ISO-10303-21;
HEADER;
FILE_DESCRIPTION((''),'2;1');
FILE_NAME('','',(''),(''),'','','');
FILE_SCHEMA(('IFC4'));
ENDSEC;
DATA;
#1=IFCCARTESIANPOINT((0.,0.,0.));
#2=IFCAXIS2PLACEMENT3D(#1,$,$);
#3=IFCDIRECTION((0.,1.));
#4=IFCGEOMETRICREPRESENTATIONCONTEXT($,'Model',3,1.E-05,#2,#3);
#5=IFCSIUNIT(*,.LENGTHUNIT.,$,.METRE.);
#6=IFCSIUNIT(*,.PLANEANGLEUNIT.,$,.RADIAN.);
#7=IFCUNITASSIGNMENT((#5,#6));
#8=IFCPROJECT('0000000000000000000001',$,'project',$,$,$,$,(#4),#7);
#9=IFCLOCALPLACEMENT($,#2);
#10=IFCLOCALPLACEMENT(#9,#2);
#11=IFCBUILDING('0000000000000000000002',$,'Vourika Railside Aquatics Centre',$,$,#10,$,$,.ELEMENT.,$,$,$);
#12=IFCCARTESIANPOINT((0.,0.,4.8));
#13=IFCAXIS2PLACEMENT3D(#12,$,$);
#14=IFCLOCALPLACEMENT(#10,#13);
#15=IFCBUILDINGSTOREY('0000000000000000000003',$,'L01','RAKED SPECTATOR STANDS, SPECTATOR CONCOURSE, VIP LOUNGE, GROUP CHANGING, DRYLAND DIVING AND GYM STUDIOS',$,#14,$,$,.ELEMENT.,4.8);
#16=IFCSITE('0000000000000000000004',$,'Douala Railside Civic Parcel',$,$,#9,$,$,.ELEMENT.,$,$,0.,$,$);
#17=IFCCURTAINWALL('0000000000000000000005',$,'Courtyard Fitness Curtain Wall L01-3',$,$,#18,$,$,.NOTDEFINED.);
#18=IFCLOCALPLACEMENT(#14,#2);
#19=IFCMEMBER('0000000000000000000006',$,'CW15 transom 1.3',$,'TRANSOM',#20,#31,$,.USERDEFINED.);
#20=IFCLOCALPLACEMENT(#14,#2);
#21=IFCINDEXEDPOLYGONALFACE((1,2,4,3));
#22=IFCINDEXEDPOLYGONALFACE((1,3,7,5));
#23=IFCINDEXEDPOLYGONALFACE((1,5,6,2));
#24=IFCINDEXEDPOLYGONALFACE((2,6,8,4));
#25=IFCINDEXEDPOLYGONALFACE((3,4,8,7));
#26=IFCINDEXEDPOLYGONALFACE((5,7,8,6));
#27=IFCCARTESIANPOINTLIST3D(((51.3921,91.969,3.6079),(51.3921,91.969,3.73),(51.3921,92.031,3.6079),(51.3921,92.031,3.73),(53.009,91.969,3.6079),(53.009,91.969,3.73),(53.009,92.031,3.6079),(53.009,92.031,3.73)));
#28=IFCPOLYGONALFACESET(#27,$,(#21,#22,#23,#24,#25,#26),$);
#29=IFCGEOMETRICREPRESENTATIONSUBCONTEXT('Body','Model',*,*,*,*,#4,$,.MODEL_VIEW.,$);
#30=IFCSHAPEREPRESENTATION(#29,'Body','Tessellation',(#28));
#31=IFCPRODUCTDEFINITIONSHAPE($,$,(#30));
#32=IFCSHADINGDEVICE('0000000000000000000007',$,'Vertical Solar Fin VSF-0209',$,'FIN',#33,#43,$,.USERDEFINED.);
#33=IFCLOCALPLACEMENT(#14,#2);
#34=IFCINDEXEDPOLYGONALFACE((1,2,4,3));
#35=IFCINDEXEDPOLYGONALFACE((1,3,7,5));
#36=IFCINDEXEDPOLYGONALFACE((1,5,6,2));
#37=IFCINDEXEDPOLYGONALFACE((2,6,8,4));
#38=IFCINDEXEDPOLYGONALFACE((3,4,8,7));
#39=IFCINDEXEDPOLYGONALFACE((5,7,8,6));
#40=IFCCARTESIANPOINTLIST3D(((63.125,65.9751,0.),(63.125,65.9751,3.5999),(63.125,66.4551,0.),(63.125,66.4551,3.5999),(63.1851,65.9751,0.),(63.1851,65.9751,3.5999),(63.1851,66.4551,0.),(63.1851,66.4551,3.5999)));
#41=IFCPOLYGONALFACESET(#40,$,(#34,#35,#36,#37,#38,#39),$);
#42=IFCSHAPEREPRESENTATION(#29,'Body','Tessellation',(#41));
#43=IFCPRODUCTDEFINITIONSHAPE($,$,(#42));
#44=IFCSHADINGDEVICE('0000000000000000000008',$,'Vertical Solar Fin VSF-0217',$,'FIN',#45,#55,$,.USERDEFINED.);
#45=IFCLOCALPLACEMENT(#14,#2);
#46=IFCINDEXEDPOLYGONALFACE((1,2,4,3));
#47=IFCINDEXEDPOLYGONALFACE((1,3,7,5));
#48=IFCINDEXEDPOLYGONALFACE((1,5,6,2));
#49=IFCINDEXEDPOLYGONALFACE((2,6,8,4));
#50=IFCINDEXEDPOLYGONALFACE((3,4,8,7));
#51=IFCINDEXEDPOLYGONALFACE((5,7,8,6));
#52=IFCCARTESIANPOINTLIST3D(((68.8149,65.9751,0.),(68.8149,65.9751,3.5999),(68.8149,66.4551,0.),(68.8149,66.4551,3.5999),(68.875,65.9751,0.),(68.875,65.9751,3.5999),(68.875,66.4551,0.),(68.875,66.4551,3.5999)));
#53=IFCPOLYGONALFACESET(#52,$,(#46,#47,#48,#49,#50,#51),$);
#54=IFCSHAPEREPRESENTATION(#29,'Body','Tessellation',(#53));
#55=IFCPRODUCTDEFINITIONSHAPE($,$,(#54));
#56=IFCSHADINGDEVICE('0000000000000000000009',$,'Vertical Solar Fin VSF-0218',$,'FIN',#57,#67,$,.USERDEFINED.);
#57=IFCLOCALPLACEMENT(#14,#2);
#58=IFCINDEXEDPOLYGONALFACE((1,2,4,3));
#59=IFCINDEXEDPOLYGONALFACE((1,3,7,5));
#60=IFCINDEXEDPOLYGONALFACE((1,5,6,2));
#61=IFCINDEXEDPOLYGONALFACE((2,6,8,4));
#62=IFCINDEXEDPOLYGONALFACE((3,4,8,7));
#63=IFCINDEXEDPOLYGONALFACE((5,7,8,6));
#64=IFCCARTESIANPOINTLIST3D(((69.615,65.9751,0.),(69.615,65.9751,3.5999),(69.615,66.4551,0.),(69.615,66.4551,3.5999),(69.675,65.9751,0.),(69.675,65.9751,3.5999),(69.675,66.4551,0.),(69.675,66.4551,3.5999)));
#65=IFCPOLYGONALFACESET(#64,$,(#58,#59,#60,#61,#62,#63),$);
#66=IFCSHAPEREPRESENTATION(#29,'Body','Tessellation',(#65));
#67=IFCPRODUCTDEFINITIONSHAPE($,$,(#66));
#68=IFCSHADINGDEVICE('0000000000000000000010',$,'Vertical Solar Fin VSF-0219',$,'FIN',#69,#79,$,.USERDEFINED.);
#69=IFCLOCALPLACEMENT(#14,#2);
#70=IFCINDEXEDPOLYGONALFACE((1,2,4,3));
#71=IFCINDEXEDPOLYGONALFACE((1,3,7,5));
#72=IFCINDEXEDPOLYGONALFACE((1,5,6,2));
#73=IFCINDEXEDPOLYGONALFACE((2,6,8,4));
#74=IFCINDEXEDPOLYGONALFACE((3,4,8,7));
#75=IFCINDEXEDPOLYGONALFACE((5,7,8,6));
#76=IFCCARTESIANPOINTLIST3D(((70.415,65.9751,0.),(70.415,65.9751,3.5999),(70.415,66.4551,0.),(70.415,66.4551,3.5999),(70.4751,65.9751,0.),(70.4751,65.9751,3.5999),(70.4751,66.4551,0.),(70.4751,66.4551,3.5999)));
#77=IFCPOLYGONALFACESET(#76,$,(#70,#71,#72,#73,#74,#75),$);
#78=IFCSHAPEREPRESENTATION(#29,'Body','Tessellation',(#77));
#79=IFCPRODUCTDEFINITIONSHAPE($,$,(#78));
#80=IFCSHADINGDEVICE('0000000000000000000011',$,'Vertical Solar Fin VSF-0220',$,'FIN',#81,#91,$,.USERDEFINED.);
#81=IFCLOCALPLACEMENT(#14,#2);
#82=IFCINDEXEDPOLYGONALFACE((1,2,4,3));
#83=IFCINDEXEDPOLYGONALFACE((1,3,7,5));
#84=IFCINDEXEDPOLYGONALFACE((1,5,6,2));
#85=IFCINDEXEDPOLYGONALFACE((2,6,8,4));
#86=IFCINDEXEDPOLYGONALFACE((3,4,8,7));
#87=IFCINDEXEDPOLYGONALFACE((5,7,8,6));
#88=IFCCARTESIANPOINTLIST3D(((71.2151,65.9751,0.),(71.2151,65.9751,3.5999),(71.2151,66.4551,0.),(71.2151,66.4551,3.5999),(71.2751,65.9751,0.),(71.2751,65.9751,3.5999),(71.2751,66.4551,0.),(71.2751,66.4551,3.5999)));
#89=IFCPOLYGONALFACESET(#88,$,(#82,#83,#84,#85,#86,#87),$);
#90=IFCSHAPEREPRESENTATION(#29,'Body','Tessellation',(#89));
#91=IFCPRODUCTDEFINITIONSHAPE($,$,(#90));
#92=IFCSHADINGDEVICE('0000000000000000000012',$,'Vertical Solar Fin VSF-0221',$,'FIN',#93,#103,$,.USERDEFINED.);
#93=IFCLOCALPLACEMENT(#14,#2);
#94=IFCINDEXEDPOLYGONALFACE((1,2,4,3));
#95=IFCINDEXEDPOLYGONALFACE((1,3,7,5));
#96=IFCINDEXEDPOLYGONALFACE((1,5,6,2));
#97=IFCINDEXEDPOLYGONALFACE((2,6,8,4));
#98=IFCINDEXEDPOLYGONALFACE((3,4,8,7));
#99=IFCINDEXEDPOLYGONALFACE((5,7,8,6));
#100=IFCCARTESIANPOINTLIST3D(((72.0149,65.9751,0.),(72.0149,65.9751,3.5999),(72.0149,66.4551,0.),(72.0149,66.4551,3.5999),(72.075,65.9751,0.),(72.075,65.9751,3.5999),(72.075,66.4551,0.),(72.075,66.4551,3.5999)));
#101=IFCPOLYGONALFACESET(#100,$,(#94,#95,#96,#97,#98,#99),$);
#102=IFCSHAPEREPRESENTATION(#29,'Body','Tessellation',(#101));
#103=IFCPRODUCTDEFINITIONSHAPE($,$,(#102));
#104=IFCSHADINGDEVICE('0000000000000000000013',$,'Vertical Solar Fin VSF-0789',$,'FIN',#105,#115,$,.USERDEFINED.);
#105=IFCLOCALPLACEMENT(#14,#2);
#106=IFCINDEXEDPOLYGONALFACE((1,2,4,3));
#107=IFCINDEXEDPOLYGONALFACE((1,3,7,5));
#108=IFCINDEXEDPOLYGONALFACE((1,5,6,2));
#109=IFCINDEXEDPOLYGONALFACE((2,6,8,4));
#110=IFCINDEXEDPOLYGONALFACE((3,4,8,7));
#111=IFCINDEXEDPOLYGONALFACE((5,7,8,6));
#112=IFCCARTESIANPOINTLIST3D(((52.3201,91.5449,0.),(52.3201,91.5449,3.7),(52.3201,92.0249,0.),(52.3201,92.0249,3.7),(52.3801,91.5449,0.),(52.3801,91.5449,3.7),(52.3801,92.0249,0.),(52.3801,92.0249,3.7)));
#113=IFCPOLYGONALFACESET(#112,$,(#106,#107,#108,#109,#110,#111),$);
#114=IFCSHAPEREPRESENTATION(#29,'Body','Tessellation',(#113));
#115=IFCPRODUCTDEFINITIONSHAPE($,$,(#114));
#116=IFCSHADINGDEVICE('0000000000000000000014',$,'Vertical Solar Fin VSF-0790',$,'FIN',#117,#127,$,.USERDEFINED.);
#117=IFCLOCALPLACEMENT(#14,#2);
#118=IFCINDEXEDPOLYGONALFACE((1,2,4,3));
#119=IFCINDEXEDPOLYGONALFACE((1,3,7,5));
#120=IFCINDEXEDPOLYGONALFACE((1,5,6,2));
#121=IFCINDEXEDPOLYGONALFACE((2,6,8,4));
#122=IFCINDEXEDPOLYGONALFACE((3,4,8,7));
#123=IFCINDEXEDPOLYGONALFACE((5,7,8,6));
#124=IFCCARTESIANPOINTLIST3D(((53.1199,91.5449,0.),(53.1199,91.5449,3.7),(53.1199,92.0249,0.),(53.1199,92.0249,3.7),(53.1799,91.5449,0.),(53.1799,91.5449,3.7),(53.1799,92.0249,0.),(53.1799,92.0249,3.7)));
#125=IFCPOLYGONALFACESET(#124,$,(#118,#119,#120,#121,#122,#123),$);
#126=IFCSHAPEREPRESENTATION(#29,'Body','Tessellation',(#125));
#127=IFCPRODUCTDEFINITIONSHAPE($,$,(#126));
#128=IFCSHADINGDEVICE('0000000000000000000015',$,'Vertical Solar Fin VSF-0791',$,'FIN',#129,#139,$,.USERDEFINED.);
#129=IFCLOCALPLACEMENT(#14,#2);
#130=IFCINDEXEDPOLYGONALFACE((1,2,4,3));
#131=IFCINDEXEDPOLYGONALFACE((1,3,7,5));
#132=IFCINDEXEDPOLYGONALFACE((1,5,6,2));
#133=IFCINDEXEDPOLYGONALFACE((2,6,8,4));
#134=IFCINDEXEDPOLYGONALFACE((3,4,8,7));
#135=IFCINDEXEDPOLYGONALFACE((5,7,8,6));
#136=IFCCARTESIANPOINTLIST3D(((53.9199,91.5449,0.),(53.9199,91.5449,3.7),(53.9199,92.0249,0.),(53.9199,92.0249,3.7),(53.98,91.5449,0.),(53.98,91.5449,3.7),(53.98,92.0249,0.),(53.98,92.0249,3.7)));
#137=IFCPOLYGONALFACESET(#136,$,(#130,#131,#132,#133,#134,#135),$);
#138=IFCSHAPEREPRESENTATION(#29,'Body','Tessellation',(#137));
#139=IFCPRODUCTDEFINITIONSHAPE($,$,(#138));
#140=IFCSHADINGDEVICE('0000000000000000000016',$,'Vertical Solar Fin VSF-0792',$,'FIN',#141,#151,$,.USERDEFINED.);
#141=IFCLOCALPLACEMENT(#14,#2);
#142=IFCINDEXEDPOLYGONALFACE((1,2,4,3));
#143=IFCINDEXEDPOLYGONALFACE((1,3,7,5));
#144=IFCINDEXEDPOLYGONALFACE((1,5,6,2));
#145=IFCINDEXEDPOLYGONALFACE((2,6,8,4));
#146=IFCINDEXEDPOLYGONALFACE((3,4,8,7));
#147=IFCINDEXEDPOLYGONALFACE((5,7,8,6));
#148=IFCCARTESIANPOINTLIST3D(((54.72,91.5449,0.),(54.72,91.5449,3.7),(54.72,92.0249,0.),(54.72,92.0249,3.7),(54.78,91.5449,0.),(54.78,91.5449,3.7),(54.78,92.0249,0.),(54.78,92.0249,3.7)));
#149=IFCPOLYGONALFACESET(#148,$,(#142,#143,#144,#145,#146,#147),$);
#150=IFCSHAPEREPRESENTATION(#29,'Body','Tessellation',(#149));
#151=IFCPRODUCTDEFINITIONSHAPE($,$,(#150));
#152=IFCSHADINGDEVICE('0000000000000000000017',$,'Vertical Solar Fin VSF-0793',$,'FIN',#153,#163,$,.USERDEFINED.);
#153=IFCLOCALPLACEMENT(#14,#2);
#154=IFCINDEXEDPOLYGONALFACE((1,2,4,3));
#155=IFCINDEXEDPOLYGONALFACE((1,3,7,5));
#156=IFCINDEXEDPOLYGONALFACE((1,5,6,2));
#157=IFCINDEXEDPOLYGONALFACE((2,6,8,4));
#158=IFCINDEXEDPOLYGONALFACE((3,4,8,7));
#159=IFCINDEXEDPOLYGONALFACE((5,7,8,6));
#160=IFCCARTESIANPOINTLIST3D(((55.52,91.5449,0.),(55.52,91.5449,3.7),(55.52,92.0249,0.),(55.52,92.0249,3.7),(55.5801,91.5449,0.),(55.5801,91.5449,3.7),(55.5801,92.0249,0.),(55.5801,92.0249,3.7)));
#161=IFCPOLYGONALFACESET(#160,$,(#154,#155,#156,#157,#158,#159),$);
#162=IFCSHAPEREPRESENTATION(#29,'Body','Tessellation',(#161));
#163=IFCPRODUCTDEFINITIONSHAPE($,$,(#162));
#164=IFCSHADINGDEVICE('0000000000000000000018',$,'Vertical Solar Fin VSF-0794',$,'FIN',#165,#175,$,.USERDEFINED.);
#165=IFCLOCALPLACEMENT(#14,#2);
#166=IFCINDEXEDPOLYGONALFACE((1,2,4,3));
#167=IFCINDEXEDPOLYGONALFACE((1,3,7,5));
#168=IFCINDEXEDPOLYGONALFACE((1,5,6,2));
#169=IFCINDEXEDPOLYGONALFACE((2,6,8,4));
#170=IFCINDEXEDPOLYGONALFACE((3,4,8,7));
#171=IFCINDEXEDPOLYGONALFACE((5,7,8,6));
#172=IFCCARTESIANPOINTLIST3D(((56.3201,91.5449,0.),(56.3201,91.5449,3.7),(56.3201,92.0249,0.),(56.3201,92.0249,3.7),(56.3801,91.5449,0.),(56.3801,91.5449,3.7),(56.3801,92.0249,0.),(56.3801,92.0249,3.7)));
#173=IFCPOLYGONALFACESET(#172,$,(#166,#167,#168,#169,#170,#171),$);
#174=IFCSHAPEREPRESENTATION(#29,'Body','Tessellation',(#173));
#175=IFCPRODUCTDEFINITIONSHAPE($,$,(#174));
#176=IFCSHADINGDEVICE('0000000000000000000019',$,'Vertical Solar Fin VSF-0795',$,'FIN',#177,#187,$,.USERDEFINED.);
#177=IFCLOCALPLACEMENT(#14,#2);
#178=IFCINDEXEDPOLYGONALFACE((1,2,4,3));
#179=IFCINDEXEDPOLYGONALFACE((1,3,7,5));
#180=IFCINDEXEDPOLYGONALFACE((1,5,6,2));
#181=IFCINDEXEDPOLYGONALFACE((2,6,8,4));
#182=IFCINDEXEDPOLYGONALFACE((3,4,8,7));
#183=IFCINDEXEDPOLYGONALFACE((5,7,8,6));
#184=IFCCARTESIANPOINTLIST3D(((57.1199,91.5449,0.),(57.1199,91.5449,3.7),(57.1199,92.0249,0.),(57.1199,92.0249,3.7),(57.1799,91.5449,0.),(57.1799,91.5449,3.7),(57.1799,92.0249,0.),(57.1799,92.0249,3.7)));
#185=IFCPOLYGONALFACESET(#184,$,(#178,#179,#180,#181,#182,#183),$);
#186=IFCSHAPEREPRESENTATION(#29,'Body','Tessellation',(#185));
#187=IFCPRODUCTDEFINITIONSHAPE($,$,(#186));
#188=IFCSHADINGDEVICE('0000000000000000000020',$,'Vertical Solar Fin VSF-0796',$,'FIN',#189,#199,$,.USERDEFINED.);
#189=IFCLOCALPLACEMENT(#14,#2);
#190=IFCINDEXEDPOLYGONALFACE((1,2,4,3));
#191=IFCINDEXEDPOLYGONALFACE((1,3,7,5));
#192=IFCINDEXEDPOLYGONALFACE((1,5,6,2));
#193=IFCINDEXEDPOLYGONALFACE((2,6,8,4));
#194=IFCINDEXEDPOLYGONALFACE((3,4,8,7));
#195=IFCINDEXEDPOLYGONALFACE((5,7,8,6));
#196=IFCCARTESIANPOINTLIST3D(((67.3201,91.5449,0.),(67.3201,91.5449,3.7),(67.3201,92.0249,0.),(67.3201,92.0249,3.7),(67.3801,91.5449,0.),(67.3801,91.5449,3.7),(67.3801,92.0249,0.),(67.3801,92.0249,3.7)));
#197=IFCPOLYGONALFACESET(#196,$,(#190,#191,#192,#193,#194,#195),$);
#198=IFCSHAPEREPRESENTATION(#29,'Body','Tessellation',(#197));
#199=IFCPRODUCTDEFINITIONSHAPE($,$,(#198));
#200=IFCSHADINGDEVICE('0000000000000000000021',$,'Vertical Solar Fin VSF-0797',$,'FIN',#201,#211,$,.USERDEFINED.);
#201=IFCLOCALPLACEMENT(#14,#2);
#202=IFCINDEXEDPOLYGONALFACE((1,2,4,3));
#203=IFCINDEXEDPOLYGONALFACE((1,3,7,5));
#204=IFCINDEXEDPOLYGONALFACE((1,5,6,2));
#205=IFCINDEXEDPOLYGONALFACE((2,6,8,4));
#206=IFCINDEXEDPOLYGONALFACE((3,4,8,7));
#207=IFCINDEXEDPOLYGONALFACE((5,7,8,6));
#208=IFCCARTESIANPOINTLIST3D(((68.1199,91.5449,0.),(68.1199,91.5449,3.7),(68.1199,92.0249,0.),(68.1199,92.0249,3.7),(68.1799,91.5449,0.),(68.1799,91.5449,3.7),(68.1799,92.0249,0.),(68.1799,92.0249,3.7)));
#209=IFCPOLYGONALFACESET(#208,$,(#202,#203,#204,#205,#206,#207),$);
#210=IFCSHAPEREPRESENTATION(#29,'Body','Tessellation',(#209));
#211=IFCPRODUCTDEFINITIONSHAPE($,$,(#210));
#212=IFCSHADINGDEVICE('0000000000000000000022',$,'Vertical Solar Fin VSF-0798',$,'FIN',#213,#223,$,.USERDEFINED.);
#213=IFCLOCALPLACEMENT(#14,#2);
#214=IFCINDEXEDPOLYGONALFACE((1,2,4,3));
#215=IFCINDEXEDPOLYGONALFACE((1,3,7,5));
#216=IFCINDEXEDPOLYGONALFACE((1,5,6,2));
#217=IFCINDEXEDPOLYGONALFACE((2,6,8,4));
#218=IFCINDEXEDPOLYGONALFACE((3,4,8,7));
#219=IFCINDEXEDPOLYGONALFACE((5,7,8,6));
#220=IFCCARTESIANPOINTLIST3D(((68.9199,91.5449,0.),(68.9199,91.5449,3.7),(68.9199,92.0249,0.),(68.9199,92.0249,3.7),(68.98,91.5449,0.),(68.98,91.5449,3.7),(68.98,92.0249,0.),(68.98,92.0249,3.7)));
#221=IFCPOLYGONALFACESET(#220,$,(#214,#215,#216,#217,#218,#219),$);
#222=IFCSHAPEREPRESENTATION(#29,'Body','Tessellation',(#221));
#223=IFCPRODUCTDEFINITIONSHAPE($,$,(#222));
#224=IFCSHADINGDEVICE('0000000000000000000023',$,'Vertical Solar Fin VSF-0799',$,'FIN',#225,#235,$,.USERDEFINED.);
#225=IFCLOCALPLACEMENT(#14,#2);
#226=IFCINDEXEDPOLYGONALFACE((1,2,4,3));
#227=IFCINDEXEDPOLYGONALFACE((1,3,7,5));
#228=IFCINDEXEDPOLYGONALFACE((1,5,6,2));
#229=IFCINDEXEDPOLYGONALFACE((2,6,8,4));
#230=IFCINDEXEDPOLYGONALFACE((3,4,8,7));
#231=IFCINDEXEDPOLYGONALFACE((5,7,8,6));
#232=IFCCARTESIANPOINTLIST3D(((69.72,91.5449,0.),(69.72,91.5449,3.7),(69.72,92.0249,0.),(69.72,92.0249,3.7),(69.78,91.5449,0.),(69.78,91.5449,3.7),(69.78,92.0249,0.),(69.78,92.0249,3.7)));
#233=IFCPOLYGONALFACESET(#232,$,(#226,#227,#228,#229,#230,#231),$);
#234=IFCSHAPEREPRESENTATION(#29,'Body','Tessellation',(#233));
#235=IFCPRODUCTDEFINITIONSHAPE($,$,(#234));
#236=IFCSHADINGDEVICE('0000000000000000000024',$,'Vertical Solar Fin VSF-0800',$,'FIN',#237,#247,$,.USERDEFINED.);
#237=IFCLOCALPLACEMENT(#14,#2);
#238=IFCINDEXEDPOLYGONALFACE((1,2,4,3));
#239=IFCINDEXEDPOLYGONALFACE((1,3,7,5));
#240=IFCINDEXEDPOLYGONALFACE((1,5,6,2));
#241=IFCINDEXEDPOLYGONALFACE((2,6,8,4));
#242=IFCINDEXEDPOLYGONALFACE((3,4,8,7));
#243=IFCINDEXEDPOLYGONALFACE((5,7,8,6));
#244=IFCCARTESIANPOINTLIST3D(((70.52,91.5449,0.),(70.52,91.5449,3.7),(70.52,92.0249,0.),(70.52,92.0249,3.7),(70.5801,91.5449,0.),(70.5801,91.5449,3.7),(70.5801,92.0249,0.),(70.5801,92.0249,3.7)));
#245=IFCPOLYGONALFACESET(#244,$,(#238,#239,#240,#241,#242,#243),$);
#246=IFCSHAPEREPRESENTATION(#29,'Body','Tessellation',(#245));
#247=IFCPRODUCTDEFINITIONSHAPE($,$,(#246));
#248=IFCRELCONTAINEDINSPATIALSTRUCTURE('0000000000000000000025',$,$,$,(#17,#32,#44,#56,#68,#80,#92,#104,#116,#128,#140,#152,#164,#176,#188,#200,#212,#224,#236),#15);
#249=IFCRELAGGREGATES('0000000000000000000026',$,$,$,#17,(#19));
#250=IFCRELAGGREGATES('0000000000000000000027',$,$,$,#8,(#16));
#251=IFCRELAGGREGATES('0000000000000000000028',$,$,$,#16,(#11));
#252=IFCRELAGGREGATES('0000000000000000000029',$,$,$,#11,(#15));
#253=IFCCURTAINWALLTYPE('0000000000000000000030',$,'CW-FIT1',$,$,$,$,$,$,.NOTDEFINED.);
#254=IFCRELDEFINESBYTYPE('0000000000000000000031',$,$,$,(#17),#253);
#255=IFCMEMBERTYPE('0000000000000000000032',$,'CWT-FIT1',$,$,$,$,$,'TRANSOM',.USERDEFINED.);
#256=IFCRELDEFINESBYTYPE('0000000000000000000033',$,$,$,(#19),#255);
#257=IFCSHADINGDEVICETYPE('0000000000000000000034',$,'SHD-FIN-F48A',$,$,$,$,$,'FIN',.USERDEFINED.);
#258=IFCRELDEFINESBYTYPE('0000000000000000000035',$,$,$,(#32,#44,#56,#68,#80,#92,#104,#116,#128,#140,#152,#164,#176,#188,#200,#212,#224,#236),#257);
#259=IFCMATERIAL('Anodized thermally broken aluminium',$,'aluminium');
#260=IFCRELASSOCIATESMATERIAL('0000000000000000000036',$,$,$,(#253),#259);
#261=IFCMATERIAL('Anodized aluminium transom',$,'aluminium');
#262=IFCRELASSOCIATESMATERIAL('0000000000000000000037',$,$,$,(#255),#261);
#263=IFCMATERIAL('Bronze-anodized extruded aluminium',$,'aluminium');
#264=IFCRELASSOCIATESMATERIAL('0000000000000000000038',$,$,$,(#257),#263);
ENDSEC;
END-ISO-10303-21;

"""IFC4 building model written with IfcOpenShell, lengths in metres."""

from ifc_helpers import new_model, si_unit, direction, frame, origin, origin_2d, place, context, subcontext, project, spatial, rectangle, extrude, material, material_profile, profile_set, type_object, element, aggregate, save


model = new_model("IFC4")

# Units and contexts
model_context = context("Model", 3, precision=1e-05, world=origin(), true_north=direction((0.0, 1.0)))
body_context = subcontext(model_context, "Body", "Model", "MODEL_VIEW")
ifc_project = project(units=[si_unit("LENGTHUNIT", "METRE"), si_unit("PLANEANGLEUNIT", "RADIAN")], contexts=[model_context])

# Site, building, storey
site_placement = place(None, origin())
site = spatial("IfcSite", under=ifc_project, at=site_placement, Name="Douala Railside Civic Parcel", CompositionType="ELEMENT", RefElevation=0.0)
building_placement = place(site_placement, origin())
building = spatial("IfcBuilding", under=site, at=building_placement, Name="Vourika Railside Aquatics Centre", CompositionType="ELEMENT")
storey_placement = place(building_placement, frame((0.0, 0.0, 4.8)))
storey = spatial("IfcBuildingStorey", under=building, at=storey_placement, Name="L01", Description="RAKED SPECTATOR STANDS, SPECTATOR CONCOURSE, VIP LOUNGE, GROUP CHANGING, DRYLAND DIVING AND GYM STUDIOS", CompositionType="ELEMENT", Elevation=4.8)

# Curtain wall, member
ifc_material_1 = material(Name="Anodized thermally broken aluminium", Category="aluminium")
curtain_wall_type = type_object("IfcCurtainWallType", Name="CW-FIT1", PredefinedType="NOTDEFINED", material=ifc_material_1)
curtain_wall_placement = place(storey_placement, origin())
curtain_wall = element("IfcCurtainWall", 1, at=curtain_wall_placement, inside=storey, type_object=curtain_wall_type, Name="Courtyard Fitness Curtain Wall L01-3", PredefinedType="NOTDEFINED")
ifc_material_2 = material(Name="Anodized aluminium transom", Category="aluminium")
ifc_material_profile_1 = material_profile(ifc_material_2, rectangle(XDim=0.062, YDim=0.1221, at=origin_2d()), Name="ALU-T 62x122")
ifc_profile_set_1 = profile_set([ifc_material_profile_1], Name="Anodized aluminium transom")
member_type = type_object("IfcMemberType", Name="CWT-FIT1", ElementType="TRANSOM", PredefinedType="USERDEFINED", material=ifc_profile_set_1)
member_placement = place(storey_placement, frame((51.3921, 92.0, 3.6689), z_axis=(1.0, 0.0, 0.0), x_axis=(0.0, 1.0, 0.0)))
member = element("IfcMember", 2, at=member_placement, type_object=member_type, Name="CW15 transom 1.3", ObjectType="TRANSOM", PredefinedType="USERDEFINED", context=body_context, shape_type="SweptSolid", body=[
    extrude(rectangle(XDim=0.062, YDim=0.1221, at=origin_2d()), origin(), (0.0, 0.0, 1.0), 1.6169),
])
aggregate(curtain_wall, [member])

# Shading devices
ifc_material_3 = material(Name="Bronze-anodized extruded aluminium", Category="aluminium")
ifc_material_profile_2 = material_profile(ifc_material_3, rectangle(XDim=0.0601, YDim=0.48, at=origin_2d()), Name="ALU-FIN 60x480")
ifc_profile_set_2 = profile_set([ifc_material_profile_2], Name="Bronze-anodized extruded aluminium")
shading_device_type = type_object("IfcShadingDeviceType", Name="SHD-FIN-F48A", ElementType="FIN", PredefinedType="USERDEFINED", material=ifc_profile_set_2)
for number, where, z_axis, x_axis, name in (
    (3, (63.155, 66.2151, 0.0), (0.0, 0.0, 1.0), (1.0, 0.0, 0.0), "Vertical Solar Fin VSF-0209"),
    (4, (68.845, 66.2151, 0.0), (0.0, 0.0, 1.0), (1.0, 0.0, 0.0), "Vertical Solar Fin VSF-0217"),
    (5, (69.645, 66.2151, 0.0), (0.0, 0.0, 1.0), (1.0, 0.0, 0.0), "Vertical Solar Fin VSF-0218"),
    (6, (70.4451, 66.2151, 0.0), (0.0, 0.0, 1.0), (1.0, 0.0, 0.0), "Vertical Solar Fin VSF-0219"),
    (7, (71.2451, 66.2151, 0.0), (0.0, 0.0, 1.0), (1.0, 0.0, 0.0), "Vertical Solar Fin VSF-0220"),
    (8, (72.0449, 66.2151, 0.0), (0.0, 0.0, 1.0), (1.0, 0.0, 0.0), "Vertical Solar Fin VSF-0221"),
):
    element("IfcShadingDevice", number, at=place(storey_placement, frame(where, z_axis=z_axis, x_axis=x_axis)), inside=storey, type_object=shading_device_type, Name=name, ObjectType="FIN", PredefinedType="USERDEFINED", context=body_context, shape_type="SweptSolid", body=[
        extrude(rectangle(XDim=0.0601, YDim=0.48, at=origin_2d()), origin(), (0.0, 0.0, 1.0), 3.5999),
    ])
for number, where, z_axis, x_axis, name in (
    (9, (52.3501, 91.7849, 0.0), (0.0, 0.0, 1.0), (-1.0, 0.0, 0.0), "Vertical Solar Fin VSF-0789"),
    (10, (53.1499, 91.7849, 0.0), (0.0, 0.0, 1.0), (-1.0, 0.0, 0.0), "Vertical Solar Fin VSF-0790"),
    (11, (53.95, 91.7849, 0.0), (0.0, 0.0, 1.0), (-1.0, 0.0, 0.0), "Vertical Solar Fin VSF-0791"),
    (12, (54.75, 91.7849, 0.0), (0.0, 0.0, 1.0), (-1.0, 0.0, 0.0), "Vertical Solar Fin VSF-0792"),
    (13, (55.55, 91.7849, 0.0), (0.0, 0.0, 1.0), (-1.0, 0.0, 0.0), "Vertical Solar Fin VSF-0793"),
    (14, (56.3501, 91.7849, 0.0), (0.0, 0.0, 1.0), (-1.0, 0.0, 0.0), "Vertical Solar Fin VSF-0794"),
    (15, (57.1499, 91.7849, 0.0), (0.0, 0.0, 1.0), (-1.0, 0.0, 0.0), "Vertical Solar Fin VSF-0795"),
    (16, (67.3501, 91.7849, 0.0), (0.0, 0.0, 1.0), (-1.0, 0.0, 0.0), "Vertical Solar Fin VSF-0796"),
    (17, (68.1499, 91.7849, 0.0), (0.0, 0.0, 1.0), (-1.0, 0.0, 0.0), "Vertical Solar Fin VSF-0797"),
    (18, (68.95, 91.7849, 0.0), (0.0, 0.0, 1.0), (-1.0, 0.0, 0.0), "Vertical Solar Fin VSF-0798"),
    (19, (69.75, 91.7849, 0.0), (0.0, 0.0, 1.0), (-1.0, 0.0, 0.0), "Vertical Solar Fin VSF-0799"),
    (20, (70.55, 91.7849, 0.0), (0.0, 0.0, 1.0), (-1.0, 0.0, 0.0), "Vertical Solar Fin VSF-0800"),
):
    element("IfcShadingDevice", number, at=place(storey_placement, frame(where, z_axis=z_axis, x_axis=x_axis)), inside=storey, type_object=shading_device_type, Name=name, ObjectType="FIN", PredefinedType="USERDEFINED", context=body_context, shape_type="SweptSolid", body=[
        extrude(rectangle(XDim=0.0601, YDim=0.48, at=origin_2d()), origin(), (0.0, 0.0, 1.0), 3.7),
    ])

save(model, "model.ifc")
